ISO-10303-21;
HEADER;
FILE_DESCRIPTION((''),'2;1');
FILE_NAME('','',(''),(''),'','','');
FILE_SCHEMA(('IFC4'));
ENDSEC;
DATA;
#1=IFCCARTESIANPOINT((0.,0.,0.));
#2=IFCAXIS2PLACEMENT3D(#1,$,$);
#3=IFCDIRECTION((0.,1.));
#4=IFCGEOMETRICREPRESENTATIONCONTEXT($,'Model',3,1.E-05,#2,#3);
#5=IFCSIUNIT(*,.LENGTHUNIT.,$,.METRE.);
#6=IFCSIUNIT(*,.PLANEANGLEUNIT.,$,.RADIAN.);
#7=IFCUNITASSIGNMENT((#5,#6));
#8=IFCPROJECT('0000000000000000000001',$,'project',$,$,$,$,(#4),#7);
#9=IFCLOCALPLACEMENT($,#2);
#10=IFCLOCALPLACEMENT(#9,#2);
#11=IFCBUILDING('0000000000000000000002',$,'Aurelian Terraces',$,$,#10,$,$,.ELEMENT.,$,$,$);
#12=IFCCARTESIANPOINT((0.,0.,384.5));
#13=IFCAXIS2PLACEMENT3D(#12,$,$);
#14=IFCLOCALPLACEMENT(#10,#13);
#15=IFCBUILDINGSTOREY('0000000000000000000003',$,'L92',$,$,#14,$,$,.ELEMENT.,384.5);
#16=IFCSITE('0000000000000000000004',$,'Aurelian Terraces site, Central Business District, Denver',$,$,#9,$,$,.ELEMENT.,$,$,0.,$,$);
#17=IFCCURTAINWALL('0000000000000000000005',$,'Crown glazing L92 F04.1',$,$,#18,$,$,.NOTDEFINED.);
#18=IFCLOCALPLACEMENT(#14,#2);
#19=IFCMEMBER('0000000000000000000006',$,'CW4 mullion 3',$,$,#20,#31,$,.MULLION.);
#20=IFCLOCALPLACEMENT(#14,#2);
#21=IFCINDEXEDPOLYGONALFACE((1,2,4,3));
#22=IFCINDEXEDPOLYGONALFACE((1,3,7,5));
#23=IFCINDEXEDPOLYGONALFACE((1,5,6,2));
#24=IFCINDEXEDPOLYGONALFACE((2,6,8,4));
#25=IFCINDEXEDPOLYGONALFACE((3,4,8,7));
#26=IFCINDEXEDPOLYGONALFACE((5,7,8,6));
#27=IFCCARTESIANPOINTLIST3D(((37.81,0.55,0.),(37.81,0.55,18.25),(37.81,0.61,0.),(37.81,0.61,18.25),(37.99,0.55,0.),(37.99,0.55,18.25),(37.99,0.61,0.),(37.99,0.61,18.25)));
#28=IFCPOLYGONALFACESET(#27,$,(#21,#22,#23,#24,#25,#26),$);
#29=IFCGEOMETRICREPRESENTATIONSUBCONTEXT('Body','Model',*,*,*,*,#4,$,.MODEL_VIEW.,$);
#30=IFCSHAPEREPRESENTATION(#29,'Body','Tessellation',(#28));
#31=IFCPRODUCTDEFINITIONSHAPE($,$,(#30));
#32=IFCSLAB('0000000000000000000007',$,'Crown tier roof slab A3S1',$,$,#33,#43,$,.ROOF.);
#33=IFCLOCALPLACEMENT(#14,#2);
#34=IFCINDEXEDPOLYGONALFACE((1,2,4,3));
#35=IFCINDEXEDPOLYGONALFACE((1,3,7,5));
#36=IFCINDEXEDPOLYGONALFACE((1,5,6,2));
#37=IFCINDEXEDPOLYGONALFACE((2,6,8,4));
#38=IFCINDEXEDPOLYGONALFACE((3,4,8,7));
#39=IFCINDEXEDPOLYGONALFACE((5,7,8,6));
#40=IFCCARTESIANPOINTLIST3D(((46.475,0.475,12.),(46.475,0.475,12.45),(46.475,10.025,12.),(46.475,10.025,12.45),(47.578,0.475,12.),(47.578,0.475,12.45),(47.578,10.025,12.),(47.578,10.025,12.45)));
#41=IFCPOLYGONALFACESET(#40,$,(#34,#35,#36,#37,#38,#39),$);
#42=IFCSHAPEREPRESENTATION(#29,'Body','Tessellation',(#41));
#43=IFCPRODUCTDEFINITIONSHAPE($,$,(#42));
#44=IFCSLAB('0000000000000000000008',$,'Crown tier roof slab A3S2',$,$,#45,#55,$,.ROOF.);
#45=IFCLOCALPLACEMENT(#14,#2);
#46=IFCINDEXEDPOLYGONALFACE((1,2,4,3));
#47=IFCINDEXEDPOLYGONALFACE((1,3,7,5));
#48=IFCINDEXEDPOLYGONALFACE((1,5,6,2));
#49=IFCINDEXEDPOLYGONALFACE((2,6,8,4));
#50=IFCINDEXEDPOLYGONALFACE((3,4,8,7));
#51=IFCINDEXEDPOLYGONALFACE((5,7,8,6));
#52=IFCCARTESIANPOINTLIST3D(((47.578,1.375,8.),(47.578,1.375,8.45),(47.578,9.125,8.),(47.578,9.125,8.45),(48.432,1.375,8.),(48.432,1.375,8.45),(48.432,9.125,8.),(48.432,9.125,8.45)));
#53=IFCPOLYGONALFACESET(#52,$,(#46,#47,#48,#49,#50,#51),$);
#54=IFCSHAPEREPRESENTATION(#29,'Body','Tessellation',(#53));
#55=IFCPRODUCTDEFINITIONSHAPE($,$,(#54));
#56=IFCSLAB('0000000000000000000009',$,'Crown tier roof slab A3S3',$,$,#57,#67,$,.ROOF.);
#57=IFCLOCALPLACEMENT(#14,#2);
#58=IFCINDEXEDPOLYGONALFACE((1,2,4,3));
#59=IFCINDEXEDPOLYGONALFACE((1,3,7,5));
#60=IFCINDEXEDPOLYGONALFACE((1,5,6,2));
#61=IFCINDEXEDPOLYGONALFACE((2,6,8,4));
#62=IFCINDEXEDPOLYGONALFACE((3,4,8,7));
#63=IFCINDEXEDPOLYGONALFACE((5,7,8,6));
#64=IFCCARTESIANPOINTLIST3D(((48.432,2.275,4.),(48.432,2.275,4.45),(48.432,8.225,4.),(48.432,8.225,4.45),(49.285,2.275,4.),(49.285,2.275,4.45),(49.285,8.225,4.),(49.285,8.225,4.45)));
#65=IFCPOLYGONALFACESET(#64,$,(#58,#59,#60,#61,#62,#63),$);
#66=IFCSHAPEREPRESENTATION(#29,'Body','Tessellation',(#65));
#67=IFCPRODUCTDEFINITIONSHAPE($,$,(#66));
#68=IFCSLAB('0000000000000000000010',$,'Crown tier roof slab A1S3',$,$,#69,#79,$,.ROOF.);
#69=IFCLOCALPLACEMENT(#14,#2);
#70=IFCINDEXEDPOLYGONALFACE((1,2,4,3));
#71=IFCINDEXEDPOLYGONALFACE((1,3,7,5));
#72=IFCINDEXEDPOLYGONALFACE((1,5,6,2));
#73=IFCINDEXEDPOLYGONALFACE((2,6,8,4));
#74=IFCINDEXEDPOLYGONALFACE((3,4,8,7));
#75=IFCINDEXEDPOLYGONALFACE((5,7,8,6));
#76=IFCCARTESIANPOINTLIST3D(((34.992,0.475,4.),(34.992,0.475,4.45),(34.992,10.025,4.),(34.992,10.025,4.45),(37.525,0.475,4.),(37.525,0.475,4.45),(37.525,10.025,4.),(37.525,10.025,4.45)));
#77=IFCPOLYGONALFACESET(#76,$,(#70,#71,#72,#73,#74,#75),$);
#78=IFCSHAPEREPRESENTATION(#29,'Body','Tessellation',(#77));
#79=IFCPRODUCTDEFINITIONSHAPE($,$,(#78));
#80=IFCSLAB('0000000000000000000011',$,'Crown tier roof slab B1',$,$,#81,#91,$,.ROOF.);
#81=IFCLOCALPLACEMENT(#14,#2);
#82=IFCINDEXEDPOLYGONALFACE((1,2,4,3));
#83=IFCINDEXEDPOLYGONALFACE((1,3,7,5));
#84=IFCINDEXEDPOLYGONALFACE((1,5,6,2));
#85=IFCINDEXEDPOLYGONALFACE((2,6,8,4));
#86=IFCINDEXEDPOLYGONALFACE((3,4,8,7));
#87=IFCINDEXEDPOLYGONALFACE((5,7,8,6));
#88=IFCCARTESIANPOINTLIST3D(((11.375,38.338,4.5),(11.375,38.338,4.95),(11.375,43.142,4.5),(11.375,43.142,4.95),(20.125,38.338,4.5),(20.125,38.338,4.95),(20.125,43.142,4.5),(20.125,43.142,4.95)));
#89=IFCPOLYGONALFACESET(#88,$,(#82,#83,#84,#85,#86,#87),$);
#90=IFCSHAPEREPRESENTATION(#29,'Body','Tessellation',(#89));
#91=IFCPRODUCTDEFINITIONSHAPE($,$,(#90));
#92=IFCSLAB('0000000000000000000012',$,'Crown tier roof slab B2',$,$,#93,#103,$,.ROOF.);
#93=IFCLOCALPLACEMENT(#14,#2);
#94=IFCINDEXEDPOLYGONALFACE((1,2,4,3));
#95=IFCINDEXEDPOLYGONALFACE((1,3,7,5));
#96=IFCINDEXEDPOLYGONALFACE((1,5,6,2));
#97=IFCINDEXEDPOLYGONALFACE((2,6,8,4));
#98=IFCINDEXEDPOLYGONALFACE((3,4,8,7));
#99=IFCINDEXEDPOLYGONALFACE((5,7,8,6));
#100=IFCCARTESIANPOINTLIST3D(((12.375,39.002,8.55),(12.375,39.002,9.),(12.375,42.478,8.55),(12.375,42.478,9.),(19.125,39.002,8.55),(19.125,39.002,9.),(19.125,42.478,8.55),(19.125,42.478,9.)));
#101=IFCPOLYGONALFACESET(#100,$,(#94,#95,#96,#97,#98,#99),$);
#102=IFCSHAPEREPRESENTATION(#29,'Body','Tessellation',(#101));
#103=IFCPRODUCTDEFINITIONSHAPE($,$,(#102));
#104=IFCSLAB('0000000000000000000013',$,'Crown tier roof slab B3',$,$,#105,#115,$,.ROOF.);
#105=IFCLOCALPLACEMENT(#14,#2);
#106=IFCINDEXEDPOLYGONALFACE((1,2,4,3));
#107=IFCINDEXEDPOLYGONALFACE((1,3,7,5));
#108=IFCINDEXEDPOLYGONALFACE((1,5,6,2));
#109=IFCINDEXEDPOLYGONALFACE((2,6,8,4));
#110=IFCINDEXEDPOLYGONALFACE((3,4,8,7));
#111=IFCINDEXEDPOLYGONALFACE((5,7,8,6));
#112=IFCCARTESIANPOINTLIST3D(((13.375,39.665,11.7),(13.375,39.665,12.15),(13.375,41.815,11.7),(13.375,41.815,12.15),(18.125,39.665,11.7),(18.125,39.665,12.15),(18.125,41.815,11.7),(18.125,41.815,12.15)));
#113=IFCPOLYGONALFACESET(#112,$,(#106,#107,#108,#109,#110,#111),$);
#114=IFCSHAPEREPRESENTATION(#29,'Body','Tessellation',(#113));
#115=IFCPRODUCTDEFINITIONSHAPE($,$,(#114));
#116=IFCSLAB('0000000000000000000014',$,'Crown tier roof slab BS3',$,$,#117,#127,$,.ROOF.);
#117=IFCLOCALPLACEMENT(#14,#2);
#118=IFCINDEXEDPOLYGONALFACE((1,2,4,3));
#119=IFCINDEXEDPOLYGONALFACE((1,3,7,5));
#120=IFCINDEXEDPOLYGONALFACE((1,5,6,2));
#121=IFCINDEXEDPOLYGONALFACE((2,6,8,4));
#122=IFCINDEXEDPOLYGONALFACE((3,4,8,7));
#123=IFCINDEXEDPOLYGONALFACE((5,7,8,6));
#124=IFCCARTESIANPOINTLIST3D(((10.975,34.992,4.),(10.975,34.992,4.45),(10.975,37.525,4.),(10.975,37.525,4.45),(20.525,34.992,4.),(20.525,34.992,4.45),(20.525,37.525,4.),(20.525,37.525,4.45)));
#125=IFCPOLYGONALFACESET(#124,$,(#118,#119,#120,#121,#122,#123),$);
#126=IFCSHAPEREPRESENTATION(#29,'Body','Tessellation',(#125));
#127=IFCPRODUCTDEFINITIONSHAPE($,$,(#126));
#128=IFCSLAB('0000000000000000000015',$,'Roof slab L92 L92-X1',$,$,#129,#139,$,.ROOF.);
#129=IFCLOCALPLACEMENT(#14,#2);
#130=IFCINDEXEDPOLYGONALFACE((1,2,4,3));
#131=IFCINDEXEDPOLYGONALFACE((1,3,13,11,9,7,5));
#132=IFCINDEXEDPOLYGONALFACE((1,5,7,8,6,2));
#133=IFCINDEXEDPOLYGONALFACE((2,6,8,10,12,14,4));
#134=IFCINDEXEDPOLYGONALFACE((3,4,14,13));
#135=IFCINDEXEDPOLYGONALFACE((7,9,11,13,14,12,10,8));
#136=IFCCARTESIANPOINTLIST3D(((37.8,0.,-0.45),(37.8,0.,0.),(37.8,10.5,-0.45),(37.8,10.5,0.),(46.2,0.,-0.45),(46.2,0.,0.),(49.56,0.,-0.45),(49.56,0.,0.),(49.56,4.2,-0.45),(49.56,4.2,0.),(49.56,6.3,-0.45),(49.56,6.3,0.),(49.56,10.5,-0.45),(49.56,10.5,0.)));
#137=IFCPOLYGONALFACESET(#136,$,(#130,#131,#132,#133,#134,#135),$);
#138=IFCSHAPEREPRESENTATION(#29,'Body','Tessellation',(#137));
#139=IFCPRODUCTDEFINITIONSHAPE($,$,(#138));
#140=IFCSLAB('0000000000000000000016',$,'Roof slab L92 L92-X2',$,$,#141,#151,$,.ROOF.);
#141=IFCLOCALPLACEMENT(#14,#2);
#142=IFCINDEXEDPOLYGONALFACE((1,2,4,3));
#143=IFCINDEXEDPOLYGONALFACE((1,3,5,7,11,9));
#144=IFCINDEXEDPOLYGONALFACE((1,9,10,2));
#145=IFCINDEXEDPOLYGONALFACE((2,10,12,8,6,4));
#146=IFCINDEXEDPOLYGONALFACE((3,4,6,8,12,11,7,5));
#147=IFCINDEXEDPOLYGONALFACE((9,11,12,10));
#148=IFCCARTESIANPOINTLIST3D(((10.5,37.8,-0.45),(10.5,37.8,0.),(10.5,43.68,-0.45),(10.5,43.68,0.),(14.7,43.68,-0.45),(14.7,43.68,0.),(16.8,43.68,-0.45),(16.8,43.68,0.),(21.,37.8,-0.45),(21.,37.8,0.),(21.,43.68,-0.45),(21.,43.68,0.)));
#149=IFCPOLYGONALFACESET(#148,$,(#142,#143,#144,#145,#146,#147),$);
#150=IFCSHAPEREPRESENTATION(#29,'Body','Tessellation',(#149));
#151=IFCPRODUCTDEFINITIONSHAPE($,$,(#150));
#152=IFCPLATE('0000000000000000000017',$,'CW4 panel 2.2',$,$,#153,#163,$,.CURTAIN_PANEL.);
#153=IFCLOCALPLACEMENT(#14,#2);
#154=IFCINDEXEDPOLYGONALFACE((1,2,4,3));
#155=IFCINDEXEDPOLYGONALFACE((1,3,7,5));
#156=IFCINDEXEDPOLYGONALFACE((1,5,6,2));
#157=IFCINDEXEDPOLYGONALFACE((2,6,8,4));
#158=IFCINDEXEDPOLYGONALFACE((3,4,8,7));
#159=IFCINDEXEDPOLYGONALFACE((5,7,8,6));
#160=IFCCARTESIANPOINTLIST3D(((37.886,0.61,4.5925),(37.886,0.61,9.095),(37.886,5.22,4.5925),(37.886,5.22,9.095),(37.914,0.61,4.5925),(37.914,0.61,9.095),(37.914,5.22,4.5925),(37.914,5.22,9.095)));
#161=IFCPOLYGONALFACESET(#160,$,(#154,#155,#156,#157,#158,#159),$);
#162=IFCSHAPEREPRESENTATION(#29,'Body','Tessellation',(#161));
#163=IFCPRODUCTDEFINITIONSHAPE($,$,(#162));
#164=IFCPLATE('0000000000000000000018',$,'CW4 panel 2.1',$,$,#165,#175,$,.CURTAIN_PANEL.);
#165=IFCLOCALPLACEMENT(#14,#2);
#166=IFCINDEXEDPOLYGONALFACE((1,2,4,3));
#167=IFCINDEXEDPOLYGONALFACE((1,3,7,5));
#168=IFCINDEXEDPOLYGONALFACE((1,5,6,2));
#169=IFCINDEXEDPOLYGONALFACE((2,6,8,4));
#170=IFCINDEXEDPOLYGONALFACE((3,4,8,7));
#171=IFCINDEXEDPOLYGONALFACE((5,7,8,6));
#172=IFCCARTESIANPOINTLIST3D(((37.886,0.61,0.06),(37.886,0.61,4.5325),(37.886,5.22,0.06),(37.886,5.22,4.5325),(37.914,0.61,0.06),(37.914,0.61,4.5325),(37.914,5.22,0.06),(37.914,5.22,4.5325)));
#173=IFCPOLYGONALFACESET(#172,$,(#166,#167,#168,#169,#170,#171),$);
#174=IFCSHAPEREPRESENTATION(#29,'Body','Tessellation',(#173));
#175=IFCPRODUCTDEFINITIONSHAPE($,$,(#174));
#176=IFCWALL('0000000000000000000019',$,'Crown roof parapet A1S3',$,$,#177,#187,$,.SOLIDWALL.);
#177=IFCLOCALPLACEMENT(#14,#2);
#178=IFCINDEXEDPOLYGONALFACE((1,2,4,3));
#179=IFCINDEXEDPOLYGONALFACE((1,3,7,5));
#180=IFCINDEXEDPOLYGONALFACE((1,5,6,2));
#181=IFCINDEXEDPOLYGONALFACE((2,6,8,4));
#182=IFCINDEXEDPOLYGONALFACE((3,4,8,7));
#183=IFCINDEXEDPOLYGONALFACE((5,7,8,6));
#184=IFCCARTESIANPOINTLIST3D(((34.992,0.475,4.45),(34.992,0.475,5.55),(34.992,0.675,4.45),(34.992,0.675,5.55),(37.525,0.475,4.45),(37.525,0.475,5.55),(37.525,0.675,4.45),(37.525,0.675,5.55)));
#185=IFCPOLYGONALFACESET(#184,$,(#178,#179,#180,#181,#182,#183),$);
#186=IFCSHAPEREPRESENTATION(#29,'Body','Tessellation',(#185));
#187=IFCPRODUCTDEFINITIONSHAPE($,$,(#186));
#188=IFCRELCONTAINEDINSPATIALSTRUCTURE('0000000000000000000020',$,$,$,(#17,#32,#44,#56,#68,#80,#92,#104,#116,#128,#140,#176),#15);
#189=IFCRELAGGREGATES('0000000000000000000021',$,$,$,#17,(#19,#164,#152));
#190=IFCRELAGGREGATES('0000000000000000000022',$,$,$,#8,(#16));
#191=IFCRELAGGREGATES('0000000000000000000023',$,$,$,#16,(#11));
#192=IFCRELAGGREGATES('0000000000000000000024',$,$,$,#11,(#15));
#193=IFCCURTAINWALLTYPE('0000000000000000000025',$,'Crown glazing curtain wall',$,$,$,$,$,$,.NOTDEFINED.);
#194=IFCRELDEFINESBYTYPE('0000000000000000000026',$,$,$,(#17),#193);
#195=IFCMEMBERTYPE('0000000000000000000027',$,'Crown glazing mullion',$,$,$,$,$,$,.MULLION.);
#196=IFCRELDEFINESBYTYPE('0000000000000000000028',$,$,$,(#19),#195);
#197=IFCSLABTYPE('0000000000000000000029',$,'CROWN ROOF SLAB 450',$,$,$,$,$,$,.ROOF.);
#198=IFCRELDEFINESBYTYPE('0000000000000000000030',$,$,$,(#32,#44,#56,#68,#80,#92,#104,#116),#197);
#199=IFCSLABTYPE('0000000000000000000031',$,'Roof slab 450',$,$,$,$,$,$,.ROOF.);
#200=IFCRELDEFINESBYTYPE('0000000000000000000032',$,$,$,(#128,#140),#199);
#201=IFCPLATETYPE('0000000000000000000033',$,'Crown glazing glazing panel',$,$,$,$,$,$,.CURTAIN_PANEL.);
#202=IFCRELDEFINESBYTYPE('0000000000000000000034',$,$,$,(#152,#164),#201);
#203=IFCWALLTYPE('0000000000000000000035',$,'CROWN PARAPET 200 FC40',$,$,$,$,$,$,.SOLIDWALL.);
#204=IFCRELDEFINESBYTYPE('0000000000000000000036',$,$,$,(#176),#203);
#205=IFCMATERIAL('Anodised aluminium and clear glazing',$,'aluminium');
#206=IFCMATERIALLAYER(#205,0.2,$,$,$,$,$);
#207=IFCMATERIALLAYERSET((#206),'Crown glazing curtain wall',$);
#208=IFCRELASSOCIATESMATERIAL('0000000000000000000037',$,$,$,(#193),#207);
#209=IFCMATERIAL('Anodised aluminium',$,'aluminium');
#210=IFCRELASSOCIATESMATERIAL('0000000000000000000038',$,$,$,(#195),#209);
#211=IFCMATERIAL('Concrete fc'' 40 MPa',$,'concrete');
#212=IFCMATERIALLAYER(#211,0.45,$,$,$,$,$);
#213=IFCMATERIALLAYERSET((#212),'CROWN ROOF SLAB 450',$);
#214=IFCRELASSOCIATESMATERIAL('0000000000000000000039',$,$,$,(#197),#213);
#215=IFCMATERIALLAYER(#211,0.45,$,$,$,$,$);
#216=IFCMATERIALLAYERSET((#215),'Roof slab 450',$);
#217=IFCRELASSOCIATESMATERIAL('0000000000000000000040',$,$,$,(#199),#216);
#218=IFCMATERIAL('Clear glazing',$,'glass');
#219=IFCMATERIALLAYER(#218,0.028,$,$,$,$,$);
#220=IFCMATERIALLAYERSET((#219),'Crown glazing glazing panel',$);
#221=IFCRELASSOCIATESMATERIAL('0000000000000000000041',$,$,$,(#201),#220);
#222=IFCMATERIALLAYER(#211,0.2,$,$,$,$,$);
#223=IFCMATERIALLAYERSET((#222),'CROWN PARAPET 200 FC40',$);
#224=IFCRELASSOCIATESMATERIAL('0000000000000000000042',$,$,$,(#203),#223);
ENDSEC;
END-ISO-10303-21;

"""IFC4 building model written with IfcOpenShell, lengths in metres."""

from ifc_helpers import new_model, si_unit, direction, frame, frame_2d, origin, origin_2d, place, context, subcontext, project, spatial, polyline, rectangle, outline, extrude, source, transform, mapped, material, layer, layer_set, material_profile, profile_set, type_object, element, aggregate, save


model = new_model("IFC4")

# Units and contexts
model_context = context("Model", 3, precision=1e-05, world=origin(), true_north=direction((0.0, 1.0)))
body_context = subcontext(model_context, "Body", "Model", "MODEL_VIEW")
ifc_project = project(units=[si_unit("LENGTHUNIT", "METRE"), si_unit("PLANEANGLEUNIT", "RADIAN")], contexts=[model_context])

# Site, building, storey
site_placement = place(None, origin())
site = spatial("IfcSite", under=ifc_project, at=site_placement, Name="Aurelian Terraces site, Central Business District, Denver", CompositionType="ELEMENT", RefElevation=0.0)
building_placement = place(site_placement, origin())
building = spatial("IfcBuilding", under=site, at=building_placement, Name="Aurelian Terraces", CompositionType="ELEMENT")
storey_placement = place(building_placement, frame((0.0, 0.0, 384.5)))
storey = spatial("IfcBuildingStorey", under=building, at=storey_placement, Name="L92", CompositionType="ELEMENT", Elevation=384.5)

# Curtain wall, member
ifc_material_1 = material(Name="Anodised aluminium and clear glazing", Category="aluminium")
ifc_layer_1 = layer(ifc_material_1, 0.2)
ifc_layer_set_1 = layer_set([ifc_layer_1], Name="Crown glazing curtain wall")
curtain_wall_type = type_object("IfcCurtainWallType", Name="Crown glazing curtain wall", PredefinedType="NOTDEFINED", material=ifc_layer_set_1)
curtain_wall_placement = place(storey_placement, origin())
curtain_wall = element("IfcCurtainWall", 1, at=curtain_wall_placement, inside=storey, type_object=curtain_wall_type, Name="Crown glazing L92 F04.1", PredefinedType="NOTDEFINED")
ifc_material_2 = material(Name="Anodised aluminium", Category="aluminium")
ifc_material_profile = material_profile(ifc_material_2, rectangle(XDim=0.18, YDim=0.06, at=origin_2d()))
ifc_profile_set = profile_set([ifc_material_profile], Name="Anodised aluminium")
member_type = type_object("IfcMemberType", Name="Crown glazing mullion", PredefinedType="MULLION", material=ifc_profile_set)
shared_shape_1 = source(origin(), body_context, "Body", "SweptSolid", [
    extrude(rectangle(XDim=0.18, YDim=0.06, at=origin_2d()), origin(), (0.0, 0.0, 1.0), 18.25),
])
member_placement = place(storey_placement, frame((37.9, 0.58, 0.0), z_axis=(0.0, 0.0, 1.0), x_axis=(1.0, 0.0, 0.0)))
member = element("IfcMember", 2, at=member_placement, type_object=member_type, Name="CW4 mullion 3", PredefinedType="MULLION", context=body_context, shape_type="MappedRepresentation", body=[
    mapped(shared_shape_1, transform((0.0, 0.0, 0.0), scale=1.0)),
])

# Slabs
ifc_material_3 = material(Name="Concrete fc' 40 MPa", Category="concrete")
ifc_layer_2 = layer(ifc_material_3, 0.45)
ifc_layer_set_2 = layer_set([ifc_layer_2], Name="CROWN ROOF SLAB 450")
slab_type_1 = type_object("IfcSlabType", Name="CROWN ROOF SLAB 450", PredefinedType="ROOF", material=ifc_layer_set_2)
slab_1_placement = place(storey_placement, frame((0.0, 0.0, 12.0)))
element("IfcSlab", 3, at=slab_1_placement, inside=storey, type_object=slab_type_1, Name="Crown tier roof slab A3S1", PredefinedType="ROOF", context=body_context, shape_type="SweptSolid", body=[
    extrude(outline(polyline([(47.578, 0.475), (47.578, 10.025), (46.475, 10.025), (46.475, 0.475), (47.578, 0.475)])), origin(), (0.0, 0.0, 1.0), 0.45),
])
slab_2_placement = place(storey_placement, frame((0.0, 0.0, 8.0)))
element("IfcSlab", 4, at=slab_2_placement, inside=storey, type_object=slab_type_1, Name="Crown tier roof slab A3S2", PredefinedType="ROOF", context=body_context, shape_type="SweptSolid", body=[
    extrude(outline(polyline([(48.432, 1.375), (48.432, 9.125), (47.578, 9.125), (47.578, 1.375), (48.432, 1.375)])), origin(), (0.0, 0.0, 1.0), 0.45),
])
slab_3_placement = place(storey_placement, frame((0.0, 0.0, 4.0)))
element("IfcSlab", 5, at=slab_3_placement, inside=storey, type_object=slab_type_1, Name="Crown tier roof slab A3S3", PredefinedType="ROOF", context=body_context, shape_type="SweptSolid", body=[
    extrude(outline(polyline([(49.285, 2.275), (49.285, 8.225), (48.432, 8.225), (48.432, 2.275), (49.285, 2.275)])), origin(), (0.0, 0.0, 1.0), 0.45),
])
slab_4_placement = place(storey_placement, frame((0.0, 0.0, 4.0)))
element("IfcSlab", 6, at=slab_4_placement, inside=storey, type_object=slab_type_1, Name="Crown tier roof slab A1S3", PredefinedType="ROOF", context=body_context, shape_type="SweptSolid", body=[
    extrude(outline(polyline([(37.525, 0.475), (37.525, 10.025), (34.992, 10.025), (34.992, 0.475), (37.525, 0.475)])), origin(), (0.0, 0.0, 1.0), 0.45),
])
slab_5_placement = place(storey_placement, frame((0.0, 0.0, 4.5)))
element("IfcSlab", 7, at=slab_5_placement, inside=storey, type_object=slab_type_1, Name="Crown tier roof slab B1", PredefinedType="ROOF", context=body_context, shape_type="SweptSolid", body=[
    extrude(outline(polyline([(20.125, 38.338), (20.125, 43.142), (11.375, 43.142), (11.375, 38.338), (20.125, 38.338)])), origin(), (0.0, 0.0, 1.0), 0.45),
])
slab_6_placement = place(storey_placement, frame((0.0, 0.0, 8.55)))
element("IfcSlab", 8, at=slab_6_placement, inside=storey, type_object=slab_type_1, Name="Crown tier roof slab B2", PredefinedType="ROOF", context=body_context, shape_type="SweptSolid", body=[
    extrude(outline(polyline([(19.125, 39.002), (19.125, 42.478), (12.375, 42.478), (12.375, 39.002), (19.125, 39.002)])), origin(), (0.0, 0.0, 1.0), 0.45),
])
slab_7_placement = place(storey_placement, frame((0.0, 0.0, 11.7)))
element("IfcSlab", 9, at=slab_7_placement, inside=storey, type_object=slab_type_1, Name="Crown tier roof slab B3", PredefinedType="ROOF", context=body_context, shape_type="SweptSolid", body=[
    extrude(outline(polyline([(18.125, 39.665), (18.125, 41.815), (13.375, 41.815), (13.375, 39.665), (18.125, 39.665)])), origin(), (0.0, 0.0, 1.0), 0.45),
])
slab_8_placement = place(storey_placement, frame((0.0, 0.0, 4.0)))
element("IfcSlab", 10, at=slab_8_placement, inside=storey, type_object=slab_type_1, Name="Crown tier roof slab BS3", PredefinedType="ROOF", context=body_context, shape_type="SweptSolid", body=[
    extrude(outline(polyline([(20.525, 34.992), (20.525, 37.525), (10.975, 37.525), (10.975, 34.992), (20.525, 34.992)])), origin(), (0.0, 0.0, 1.0), 0.45),
])
ifc_layer_3 = layer(ifc_material_3, 0.45)
ifc_layer_set_3 = layer_set([ifc_layer_3], Name="Roof slab 450")
slab_type_2 = type_object("IfcSlabType", Name="Roof slab 450", PredefinedType="ROOF", material=ifc_layer_set_3)
slab_9_placement = place(storey_placement, frame((0.0, 0.0, -0.45)))
element("IfcSlab", 11, at=slab_9_placement, inside=storey, type_object=slab_type_2, Name="Roof slab L92 L92-X1", PredefinedType="ROOF", context=body_context, shape_type="SweptSolid", body=[
    extrude(outline(polyline([(37.8, 10.5), (49.56, 10.5), (49.56, 6.3), (49.56, 4.2), (49.56, 0.0), (46.2, 0.0), (37.8, 0.0), (37.8, 10.5)])), origin(), (0.0, 0.0, 1.0), 0.45),
])
slab_10_placement = place(storey_placement, frame((0.0, 0.0, -0.45)))
element("IfcSlab", 12, at=slab_10_placement, inside=storey, type_object=slab_type_2, Name="Roof slab L92 L92-X2", PredefinedType="ROOF", context=body_context, shape_type="SweptSolid", body=[
    extrude(outline(polyline([(16.8, 43.68), (21.0, 43.68), (21.0, 37.8), (10.5, 37.8), (10.5, 43.68), (14.7, 43.68), (16.8, 43.68)])), origin(), (0.0, 0.0, 1.0), 0.45),
])

# Plates
ifc_material_4 = material(Name="Clear glazing", Category="glass")
ifc_layer_4 = layer(ifc_material_4, 0.028)
ifc_layer_set_4 = layer_set([ifc_layer_4], Name="Crown glazing glazing panel")
plate_type = type_object("IfcPlateType", Name="Crown glazing glazing panel", PredefinedType="CURTAIN_PANEL", material=ifc_layer_set_4)
shared_shape_2 = source(origin(), body_context, "Body", "SweptSolid", [
    extrude(rectangle(XDim=4.61, YDim=0.028, at=origin_2d()), origin(), (0.0, 0.0, 1.0), 4.5025),
])
plate_1_placement = place(storey_placement, frame((37.9, 2.915, 4.5925), z_axis=(0.0, 0.0, 1.0), x_axis=(0.0, -1.0, 0.0)))
plate_1 = element("IfcPlate", 13, at=plate_1_placement, type_object=plate_type, Name="CW4 panel 2.2", PredefinedType="CURTAIN_PANEL", context=body_context, shape_type="MappedRepresentation", body=[
    mapped(shared_shape_2, transform((0.0, 0.0, 0.0), scale=1.0)),
])
shared_shape_3 = source(origin(), body_context, "Body", "SweptSolid", [
    extrude(rectangle(XDim=4.61, YDim=0.028, at=origin_2d()), origin(), (0.0, 0.0, 1.0), 4.4725),
])
plate_2_placement = place(storey_placement, frame((37.9, 2.915, 0.06), z_axis=(0.0, 0.0, 1.0), x_axis=(0.0, -1.0, 0.0)))
plate_2 = element("IfcPlate", 14, at=plate_2_placement, type_object=plate_type, Name="CW4 panel 2.1", PredefinedType="CURTAIN_PANEL", context=body_context, shape_type="MappedRepresentation", body=[
    mapped(shared_shape_3, transform((0.0, 0.0, 0.0), scale=1.0)),
])
aggregate(curtain_wall, [member, plate_2, plate_1])

# Wall
ifc_layer_5 = layer(ifc_material_3, 0.2)
ifc_layer_set_5 = layer_set([ifc_layer_5], Name="CROWN PARAPET 200 FC40")
wall_type_1 = type_object("IfcWallType", Name="CROWN PARAPET 200 FC40", PredefinedType="SOLIDWALL", material=ifc_layer_set_5)
wall_1_placement = place(storey_placement, frame((34.992, 0.575, 4.45), z_axis=(0.0, 0.0, 1.0), x_axis=(1.0, 0.0, 0.0)))
element("IfcWall", 15, at=wall_1_placement, inside=storey, type_object=wall_type_1, Name="Crown roof parapet A1S3", PredefinedType="SOLIDWALL", context=body_context, shape_type="SweptSolid", body=[
    extrude(rectangle(XDim=2.533, YDim=0.2, at=frame_2d((1.2665, 0.0))), origin(), (0.0, 0.0, 1.0), 1.1),
])

save(model, "model.ifc")
